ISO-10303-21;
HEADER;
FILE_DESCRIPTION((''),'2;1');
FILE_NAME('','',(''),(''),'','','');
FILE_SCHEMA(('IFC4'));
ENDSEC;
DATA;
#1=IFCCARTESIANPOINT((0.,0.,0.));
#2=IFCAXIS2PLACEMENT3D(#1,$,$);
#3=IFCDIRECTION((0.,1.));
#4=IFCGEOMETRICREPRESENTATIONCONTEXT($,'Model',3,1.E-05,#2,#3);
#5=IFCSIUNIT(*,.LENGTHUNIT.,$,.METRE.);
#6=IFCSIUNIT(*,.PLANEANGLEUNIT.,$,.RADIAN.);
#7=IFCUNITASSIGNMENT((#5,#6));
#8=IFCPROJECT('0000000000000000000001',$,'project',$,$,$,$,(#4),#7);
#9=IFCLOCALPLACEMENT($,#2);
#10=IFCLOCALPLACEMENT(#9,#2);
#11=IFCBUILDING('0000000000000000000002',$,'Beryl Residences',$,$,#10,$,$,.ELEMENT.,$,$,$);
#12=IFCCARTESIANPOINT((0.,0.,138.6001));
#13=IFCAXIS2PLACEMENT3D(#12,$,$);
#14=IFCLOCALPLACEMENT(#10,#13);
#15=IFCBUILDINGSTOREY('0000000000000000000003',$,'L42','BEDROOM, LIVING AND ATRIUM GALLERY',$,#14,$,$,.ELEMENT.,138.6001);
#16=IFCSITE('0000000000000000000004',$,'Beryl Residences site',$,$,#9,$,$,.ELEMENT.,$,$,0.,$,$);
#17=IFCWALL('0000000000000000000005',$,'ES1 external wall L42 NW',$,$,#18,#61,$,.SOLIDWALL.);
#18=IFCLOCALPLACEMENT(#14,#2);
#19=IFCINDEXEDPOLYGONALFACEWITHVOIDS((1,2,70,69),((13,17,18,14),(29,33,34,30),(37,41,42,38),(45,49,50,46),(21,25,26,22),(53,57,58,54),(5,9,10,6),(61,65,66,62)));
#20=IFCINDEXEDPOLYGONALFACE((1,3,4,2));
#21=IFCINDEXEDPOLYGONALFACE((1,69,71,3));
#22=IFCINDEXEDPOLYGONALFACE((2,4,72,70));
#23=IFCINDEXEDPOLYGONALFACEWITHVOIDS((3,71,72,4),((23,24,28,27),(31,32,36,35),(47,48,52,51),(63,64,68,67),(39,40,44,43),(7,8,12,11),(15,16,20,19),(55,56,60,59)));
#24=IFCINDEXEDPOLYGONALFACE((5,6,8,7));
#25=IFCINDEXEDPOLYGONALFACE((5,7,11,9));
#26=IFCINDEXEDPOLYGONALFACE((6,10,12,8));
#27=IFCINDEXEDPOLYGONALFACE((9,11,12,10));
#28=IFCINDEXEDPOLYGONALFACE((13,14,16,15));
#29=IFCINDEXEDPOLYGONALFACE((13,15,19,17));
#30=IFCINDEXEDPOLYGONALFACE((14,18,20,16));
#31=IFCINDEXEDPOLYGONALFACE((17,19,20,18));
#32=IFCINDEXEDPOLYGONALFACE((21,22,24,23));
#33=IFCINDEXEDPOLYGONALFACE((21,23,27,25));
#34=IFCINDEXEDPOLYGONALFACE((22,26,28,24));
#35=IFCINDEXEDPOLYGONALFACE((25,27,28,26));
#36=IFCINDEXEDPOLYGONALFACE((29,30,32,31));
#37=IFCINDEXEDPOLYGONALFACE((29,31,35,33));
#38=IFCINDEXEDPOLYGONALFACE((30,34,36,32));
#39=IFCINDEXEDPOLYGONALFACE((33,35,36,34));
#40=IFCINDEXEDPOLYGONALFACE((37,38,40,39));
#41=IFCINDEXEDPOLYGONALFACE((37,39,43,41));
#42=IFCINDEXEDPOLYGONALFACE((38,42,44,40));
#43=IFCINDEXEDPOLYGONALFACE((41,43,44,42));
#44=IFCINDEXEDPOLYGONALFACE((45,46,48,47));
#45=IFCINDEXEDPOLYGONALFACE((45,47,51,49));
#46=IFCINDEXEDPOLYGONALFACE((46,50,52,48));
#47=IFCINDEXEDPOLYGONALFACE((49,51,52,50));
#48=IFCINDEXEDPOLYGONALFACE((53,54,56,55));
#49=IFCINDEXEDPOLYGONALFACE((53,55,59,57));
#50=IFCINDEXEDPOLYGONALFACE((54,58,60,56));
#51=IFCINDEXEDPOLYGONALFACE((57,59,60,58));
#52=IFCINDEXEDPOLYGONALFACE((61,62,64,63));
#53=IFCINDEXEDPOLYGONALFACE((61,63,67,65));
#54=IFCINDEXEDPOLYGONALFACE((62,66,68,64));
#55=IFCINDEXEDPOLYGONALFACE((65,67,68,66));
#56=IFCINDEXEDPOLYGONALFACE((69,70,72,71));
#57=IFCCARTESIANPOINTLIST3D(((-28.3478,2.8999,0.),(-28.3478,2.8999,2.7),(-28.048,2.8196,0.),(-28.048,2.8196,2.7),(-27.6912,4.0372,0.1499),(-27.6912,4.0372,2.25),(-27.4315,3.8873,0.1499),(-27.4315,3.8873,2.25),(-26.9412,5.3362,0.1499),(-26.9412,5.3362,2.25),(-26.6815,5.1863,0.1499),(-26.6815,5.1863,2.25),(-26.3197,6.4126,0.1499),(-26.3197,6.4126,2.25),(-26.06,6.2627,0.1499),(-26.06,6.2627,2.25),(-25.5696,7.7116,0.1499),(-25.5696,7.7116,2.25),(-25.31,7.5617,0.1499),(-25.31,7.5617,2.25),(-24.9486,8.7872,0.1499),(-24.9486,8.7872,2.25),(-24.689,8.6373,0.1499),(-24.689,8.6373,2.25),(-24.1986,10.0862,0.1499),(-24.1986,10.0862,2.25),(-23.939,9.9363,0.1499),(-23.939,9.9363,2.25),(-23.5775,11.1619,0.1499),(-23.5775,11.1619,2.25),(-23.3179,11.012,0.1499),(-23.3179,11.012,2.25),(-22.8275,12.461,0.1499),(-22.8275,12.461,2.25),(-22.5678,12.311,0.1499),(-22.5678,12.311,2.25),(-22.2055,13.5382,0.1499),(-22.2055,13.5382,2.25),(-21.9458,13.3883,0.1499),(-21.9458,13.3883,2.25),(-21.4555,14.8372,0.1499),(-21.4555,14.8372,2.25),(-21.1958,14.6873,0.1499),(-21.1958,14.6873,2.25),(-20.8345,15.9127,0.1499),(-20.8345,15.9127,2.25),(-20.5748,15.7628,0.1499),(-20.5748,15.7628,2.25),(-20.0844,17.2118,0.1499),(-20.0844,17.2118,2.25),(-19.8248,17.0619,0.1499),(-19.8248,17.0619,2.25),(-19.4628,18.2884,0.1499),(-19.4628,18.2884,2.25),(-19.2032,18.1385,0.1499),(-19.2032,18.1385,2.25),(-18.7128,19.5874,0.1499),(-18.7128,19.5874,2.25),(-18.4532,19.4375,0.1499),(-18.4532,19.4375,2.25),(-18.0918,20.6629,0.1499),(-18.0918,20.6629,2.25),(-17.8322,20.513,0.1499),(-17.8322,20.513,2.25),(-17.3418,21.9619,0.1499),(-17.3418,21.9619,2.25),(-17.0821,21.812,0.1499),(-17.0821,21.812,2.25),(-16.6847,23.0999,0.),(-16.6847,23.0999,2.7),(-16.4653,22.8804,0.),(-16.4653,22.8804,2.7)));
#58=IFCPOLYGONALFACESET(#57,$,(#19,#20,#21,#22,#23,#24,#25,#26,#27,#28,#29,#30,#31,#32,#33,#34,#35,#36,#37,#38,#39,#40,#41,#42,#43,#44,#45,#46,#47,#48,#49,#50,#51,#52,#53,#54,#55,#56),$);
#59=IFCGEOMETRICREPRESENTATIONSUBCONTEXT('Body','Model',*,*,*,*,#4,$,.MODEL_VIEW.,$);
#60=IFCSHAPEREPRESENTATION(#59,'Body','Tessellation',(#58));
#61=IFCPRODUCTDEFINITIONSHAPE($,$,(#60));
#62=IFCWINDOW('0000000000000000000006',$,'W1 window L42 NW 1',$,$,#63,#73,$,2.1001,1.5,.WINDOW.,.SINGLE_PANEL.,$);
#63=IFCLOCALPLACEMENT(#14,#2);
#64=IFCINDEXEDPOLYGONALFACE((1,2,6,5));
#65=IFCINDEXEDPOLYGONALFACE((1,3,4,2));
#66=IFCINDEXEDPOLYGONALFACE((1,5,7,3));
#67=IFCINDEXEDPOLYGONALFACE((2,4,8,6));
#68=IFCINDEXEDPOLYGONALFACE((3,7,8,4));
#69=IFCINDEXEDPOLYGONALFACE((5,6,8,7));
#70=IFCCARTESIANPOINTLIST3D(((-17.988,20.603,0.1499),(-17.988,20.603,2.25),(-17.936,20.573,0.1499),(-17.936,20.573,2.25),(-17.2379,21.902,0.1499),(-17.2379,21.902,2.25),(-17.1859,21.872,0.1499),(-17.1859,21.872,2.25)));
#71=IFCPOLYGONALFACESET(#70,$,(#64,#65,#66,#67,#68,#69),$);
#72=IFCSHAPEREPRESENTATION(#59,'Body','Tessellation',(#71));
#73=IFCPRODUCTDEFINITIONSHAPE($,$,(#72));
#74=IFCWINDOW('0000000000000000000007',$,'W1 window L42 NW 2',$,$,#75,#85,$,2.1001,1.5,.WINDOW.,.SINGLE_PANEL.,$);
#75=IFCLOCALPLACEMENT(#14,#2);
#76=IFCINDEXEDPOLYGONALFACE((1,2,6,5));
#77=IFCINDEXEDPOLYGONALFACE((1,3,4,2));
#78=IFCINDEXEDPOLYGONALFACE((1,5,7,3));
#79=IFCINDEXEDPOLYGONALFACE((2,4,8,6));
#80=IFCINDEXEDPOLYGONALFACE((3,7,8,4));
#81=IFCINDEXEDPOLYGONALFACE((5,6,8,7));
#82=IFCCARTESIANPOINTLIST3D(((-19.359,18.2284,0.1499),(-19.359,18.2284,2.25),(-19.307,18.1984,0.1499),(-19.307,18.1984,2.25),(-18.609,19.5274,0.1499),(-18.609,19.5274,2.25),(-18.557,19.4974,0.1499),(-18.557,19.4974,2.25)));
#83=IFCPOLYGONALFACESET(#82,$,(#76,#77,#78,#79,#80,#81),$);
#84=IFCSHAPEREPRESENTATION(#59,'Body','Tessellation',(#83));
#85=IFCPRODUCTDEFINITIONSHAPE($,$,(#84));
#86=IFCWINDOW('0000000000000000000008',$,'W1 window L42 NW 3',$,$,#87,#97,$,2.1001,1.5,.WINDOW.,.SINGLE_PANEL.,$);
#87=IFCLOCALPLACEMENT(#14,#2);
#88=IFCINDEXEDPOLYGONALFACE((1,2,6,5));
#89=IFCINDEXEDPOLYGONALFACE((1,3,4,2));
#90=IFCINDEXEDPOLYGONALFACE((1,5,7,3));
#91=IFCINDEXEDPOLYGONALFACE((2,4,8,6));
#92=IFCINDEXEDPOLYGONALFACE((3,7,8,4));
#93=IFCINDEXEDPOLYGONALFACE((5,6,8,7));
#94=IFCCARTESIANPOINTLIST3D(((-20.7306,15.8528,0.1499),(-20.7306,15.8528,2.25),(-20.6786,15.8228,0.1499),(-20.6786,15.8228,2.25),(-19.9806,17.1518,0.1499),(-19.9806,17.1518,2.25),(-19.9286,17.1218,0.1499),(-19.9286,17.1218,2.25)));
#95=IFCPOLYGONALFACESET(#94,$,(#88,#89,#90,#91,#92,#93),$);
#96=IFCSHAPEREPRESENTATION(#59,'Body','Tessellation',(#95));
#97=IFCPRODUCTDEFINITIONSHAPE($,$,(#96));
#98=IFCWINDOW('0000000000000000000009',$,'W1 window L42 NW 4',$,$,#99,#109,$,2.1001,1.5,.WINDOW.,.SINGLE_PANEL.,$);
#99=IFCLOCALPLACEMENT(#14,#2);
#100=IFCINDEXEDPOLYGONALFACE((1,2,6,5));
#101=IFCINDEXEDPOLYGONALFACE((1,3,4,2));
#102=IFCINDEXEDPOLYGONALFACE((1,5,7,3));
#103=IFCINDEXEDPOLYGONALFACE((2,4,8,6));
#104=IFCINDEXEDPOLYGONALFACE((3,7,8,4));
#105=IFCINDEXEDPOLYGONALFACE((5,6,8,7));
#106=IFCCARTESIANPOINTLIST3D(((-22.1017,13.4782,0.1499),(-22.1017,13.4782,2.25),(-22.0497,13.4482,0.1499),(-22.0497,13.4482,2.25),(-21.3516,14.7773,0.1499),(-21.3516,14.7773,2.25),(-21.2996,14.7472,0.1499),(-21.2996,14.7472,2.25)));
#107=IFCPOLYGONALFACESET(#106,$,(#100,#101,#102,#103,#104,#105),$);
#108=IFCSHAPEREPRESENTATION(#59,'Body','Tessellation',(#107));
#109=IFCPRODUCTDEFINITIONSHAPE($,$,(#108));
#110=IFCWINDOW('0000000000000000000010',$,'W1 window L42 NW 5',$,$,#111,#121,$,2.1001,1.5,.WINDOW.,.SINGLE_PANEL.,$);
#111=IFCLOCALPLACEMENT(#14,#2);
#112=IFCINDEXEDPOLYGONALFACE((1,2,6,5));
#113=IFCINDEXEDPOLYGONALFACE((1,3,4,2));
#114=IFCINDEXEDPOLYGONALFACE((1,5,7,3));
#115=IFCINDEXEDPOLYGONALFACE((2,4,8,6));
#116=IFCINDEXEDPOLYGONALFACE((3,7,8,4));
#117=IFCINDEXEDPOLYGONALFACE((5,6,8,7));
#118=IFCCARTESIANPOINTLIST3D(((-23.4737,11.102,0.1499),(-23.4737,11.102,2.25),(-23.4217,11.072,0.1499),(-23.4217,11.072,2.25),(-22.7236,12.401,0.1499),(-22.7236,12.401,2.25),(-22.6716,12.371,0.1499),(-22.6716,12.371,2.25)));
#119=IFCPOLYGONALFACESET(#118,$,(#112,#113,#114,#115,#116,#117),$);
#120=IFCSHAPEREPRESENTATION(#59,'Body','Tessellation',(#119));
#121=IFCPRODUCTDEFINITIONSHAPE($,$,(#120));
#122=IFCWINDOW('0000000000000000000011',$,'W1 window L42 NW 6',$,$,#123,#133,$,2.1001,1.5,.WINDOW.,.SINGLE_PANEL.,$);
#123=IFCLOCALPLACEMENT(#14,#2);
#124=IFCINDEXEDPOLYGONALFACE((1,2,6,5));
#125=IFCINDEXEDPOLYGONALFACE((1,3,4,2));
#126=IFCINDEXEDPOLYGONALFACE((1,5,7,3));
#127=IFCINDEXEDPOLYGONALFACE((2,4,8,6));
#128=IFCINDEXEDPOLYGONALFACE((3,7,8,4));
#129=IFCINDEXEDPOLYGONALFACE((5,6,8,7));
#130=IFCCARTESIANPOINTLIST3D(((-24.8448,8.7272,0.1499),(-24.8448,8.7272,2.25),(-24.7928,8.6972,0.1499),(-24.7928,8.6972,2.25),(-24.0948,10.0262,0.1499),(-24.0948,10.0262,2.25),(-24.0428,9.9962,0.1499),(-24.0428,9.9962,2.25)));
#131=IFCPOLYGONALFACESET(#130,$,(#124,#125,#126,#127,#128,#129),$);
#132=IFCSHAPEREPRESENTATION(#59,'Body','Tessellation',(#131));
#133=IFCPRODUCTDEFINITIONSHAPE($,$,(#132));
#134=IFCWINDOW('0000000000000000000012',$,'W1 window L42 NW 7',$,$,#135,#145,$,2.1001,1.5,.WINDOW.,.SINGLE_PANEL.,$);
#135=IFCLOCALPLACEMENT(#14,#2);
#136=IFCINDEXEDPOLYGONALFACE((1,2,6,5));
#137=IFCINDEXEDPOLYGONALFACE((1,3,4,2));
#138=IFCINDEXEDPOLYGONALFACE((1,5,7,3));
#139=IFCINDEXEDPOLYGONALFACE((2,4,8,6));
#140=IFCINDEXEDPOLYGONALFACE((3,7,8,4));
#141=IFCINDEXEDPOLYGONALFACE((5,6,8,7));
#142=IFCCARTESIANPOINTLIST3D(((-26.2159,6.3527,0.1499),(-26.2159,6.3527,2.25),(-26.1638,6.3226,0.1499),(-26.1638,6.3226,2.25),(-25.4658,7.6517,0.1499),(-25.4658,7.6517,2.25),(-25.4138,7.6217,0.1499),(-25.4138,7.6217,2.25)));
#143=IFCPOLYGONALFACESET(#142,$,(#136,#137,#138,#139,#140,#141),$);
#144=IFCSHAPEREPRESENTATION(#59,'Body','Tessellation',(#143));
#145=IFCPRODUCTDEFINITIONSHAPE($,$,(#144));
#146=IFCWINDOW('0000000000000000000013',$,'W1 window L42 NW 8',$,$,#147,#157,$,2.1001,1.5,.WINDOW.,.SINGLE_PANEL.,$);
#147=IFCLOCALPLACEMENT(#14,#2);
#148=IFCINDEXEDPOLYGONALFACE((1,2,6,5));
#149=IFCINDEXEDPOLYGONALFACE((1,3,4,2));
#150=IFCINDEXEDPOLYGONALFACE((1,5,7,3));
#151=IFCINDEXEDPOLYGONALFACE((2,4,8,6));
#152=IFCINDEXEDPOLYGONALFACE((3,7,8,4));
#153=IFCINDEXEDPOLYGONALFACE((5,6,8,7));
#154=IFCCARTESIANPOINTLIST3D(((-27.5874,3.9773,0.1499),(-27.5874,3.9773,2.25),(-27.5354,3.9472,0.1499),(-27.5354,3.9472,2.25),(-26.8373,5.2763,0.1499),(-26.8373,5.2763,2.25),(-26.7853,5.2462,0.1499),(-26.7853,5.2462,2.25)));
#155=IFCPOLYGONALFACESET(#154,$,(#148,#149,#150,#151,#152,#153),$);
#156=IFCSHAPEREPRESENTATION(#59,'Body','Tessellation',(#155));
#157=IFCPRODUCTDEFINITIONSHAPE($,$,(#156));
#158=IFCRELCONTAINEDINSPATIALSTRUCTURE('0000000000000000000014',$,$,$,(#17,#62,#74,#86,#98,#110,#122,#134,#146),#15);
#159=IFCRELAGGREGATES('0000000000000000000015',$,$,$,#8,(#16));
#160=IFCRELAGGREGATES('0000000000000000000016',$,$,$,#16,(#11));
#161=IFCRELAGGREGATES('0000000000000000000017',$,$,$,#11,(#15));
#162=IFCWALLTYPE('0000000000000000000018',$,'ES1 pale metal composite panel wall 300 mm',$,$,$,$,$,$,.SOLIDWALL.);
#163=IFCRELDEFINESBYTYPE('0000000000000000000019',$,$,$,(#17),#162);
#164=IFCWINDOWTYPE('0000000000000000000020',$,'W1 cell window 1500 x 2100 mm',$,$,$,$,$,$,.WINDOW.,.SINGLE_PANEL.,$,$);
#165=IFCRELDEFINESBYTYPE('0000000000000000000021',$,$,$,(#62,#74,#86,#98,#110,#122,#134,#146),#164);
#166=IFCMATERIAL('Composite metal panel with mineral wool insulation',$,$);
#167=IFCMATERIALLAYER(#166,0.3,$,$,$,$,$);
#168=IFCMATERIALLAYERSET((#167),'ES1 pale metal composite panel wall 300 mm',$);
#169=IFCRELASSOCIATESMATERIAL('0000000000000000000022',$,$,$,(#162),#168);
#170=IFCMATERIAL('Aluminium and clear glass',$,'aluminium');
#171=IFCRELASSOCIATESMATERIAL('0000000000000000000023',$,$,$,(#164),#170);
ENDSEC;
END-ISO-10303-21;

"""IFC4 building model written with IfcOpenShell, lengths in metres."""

from ifc_helpers import new_model, si_unit, direction, frame, frame_2d, origin, place, context, subcontext, project, spatial, polyline, rectangle, outline, extrude, material, layer, layer_set, type_object, element, fill, save


model = new_model("IFC4")

# Units and contexts
model_context = context("Model", 3, precision=1e-05, world=origin(), true_north=direction((0.0, 1.0)))
body_context = subcontext(model_context, "Body", "Model", "MODEL_VIEW")
ifc_project = project(units=[si_unit("LENGTHUNIT", "METRE"), si_unit("PLANEANGLEUNIT", "RADIAN")], contexts=[model_context])

# Site, building, storey
site_placement = place(None, origin())
site = spatial("IfcSite", under=ifc_project, at=site_placement, Name="Beryl Residences site", CompositionType="ELEMENT", RefElevation=0.0)
building_placement = place(site_placement, origin())
building = spatial("IfcBuilding", under=site, at=building_placement, Name="Beryl Residences", CompositionType="ELEMENT")
storey_placement = place(building_placement, frame((0.0, 0.0, 138.6001)))
storey = spatial("IfcBuildingStorey", under=building, at=storey_placement, Name="L42", Description="BEDROOM, LIVING AND ATRIUM GALLERY", CompositionType="ELEMENT", Elevation=138.6001)

# Wall, openings, windows
ifc_material_1 = material(Name="Composite metal panel with mineral wool insulation")
ifc_layer_1 = layer(ifc_material_1, 0.3)
ifc_layer_set_1 = layer_set([ifc_layer_1], Name="ES1 pale metal composite panel wall 300 mm")
wall_type_1 = type_object("IfcWallType", Name="ES1 pale metal composite panel wall 300 mm", PredefinedType="SOLIDWALL", material=ifc_layer_set_1)
wall_1_placement = place(storey_placement, frame((-16.5549, 23.0249, 0.0), z_axis=(0.0, 0.0, 1.0), x_axis=(-0.500021, -0.866014, 0.0)))
wall_1 = element("IfcWall", 1, at=wall_1_placement, inside=storey, type_object=wall_type_1, Name="ES1 external wall L42 NW", PredefinedType="SOLIDWALL", context=body_context, shape_type="SweptSolid", body=[
    extrude(outline(polyline([(0.0, -0.1499), (23.3252, -0.1499), (23.2449, 0.1499), (0.0803, 0.1499), (0.0, -0.1499)])), origin(), (0.0, 0.0, 1.0), 2.7),
])
opening_1_placement = place(wall_1_placement, frame((1.314, 0.0, 0.1499)))
opening_1 = element("IfcOpeningElement", 2, at=opening_1_placement, cuts=wall_1, PredefinedType="OPENING", context=body_context, shape_type="SweptSolid", body=[
    extrude(rectangle(XDim=1.5, YDim=2.1001, at=frame_2d((0.75, 1.05))), frame((0.0, 0.1599, 0.0), z_axis=(0.0, -1.0, 0.0), x_axis=(1.0, 0.0, 0.0)), (0.0, 0.0, 1.0), 0.3201),
])
opening_2_placement = place(wall_1_placement, frame((4.0559, 0.0, 0.1499)))
opening_2 = element("IfcOpeningElement", 3, at=opening_2_placement, cuts=wall_1, PredefinedType="OPENING", context=body_context, shape_type="SweptSolid", body=[
    extrude(rectangle(XDim=1.5, YDim=2.1001, at=frame_2d((0.75, 1.05))), frame((0.0, 0.1599, 0.0), z_axis=(0.0, -1.0, 0.0), x_axis=(1.0, 0.0, 0.0)), (0.0, 0.0, 1.0), 0.3201),
])
opening_3_placement = place(wall_1_placement, frame((6.7991, 0.0, 0.1499)))
opening_3 = element("IfcOpeningElement", 4, at=opening_3_placement, cuts=wall_1, PredefinedType="OPENING", context=body_context, shape_type="SweptSolid", body=[
    extrude(rectangle(XDim=1.5, YDim=2.1001, at=frame_2d((0.75, 1.05))), frame((0.0, 0.1599, 0.0), z_axis=(0.0, -1.0, 0.0), x_axis=(1.0, 0.0, 0.0)), (0.0, 0.0, 1.0), 0.3201),
])
opening_4_placement = place(wall_1_placement, frame((9.541, 0.0, 0.1499)))
opening_4 = element("IfcOpeningElement", 5, at=opening_4_placement, cuts=wall_1, PredefinedType="OPENING", context=body_context, shape_type="SweptSolid", body=[
    extrude(rectangle(XDim=1.5, YDim=2.1001, at=frame_2d((0.75, 1.05))), frame((0.0, 0.1599, 0.0), z_axis=(0.0, -1.0, 0.0), x_axis=(1.0, 0.0, 0.0)), (0.0, 0.0, 1.0), 0.3201),
])
opening_5_placement = place(wall_1_placement, frame((12.2849, 0.0, 0.1499)))
opening_5 = element("IfcOpeningElement", 6, at=opening_5_placement, cuts=wall_1, PredefinedType="OPENING", context=body_context, shape_type="SweptSolid", body=[
    extrude(rectangle(XDim=1.5, YDim=2.1001, at=frame_2d((0.75, 1.05))), frame((0.0, 0.1599, 0.0), z_axis=(0.0, -1.0, 0.0), x_axis=(1.0, 0.0, 0.0)), (0.0, 0.0, 1.0), 0.3201),
])
opening_6_placement = place(wall_1_placement, frame((15.0271, 0.0, 0.1499)))
opening_6 = element("IfcOpeningElement", 7, at=opening_6_placement, cuts=wall_1, PredefinedType="OPENING", context=body_context, shape_type="SweptSolid", body=[
    extrude(rectangle(XDim=1.5, YDim=2.1001, at=frame_2d((0.75, 1.05))), frame((0.0, 0.1599, 0.0), z_axis=(0.0, -1.0, 0.0), x_axis=(1.0, 0.0, 0.0)), (0.0, 0.0, 1.0), 0.3201),
])
opening_7_placement = place(wall_1_placement, frame((17.769, 0.0, 0.1499)))
opening_7 = element("IfcOpeningElement", 8, at=opening_7_placement, cuts=wall_1, PredefinedType="OPENING", context=body_context, shape_type="SweptSolid", body=[
    extrude(rectangle(XDim=1.5, YDim=2.1001, at=frame_2d((0.75, 1.05))), frame((0.0, 0.1599, 0.0), z_axis=(0.0, -1.0, 0.0), x_axis=(1.0, 0.0, 0.0)), (0.0, 0.0, 1.0), 0.3201),
])
opening_8_placement = place(wall_1_placement, frame((20.512, 0.0, 0.1499)))
opening_8 = element("IfcOpeningElement", 9, at=opening_8_placement, cuts=wall_1, PredefinedType="OPENING", context=body_context, shape_type="SweptSolid", body=[
    extrude(rectangle(XDim=1.5, YDim=2.1001, at=frame_2d((0.75, 1.05))), frame((0.0, 0.1599, 0.0), z_axis=(0.0, -1.0, 0.0), x_axis=(1.0, 0.0, 0.0)), (0.0, 0.0, 1.0), 0.3201),
])
ifc_material_2 = material(Name="Aluminium and clear glass", Category="aluminium")
window_type_1 = type_object("IfcWindowType", Name="W1 cell window 1500 x 2100 mm", PartitioningType="SINGLE_PANEL", PredefinedType="WINDOW", material=ifc_material_2)
window_1_placement = place(opening_1_placement, origin())
window_1 = element("IfcWindow", 10, at=window_1_placement, inside=storey, type_object=window_type_1, Name="W1 window L42 NW 1", OverallHeight=2.1001, OverallWidth=1.5, PartitioningType="SINGLE_PANEL", PredefinedType="WINDOW", context=body_context, shape_type="SweptSolid", body=[
    extrude(rectangle(XDim=1.5, YDim=2.1001, at=frame_2d((0.75, 1.05))), frame((0.0, 0.03, 0.0), z_axis=(0.0, -1.0, 0.0), x_axis=(1.0, 0.0, 0.0)), (0.0, 0.0, 1.0), 0.0601),
])
fill(opening_1, window_1)
window_2_placement = place(opening_2_placement, origin())
window_2 = element("IfcWindow", 11, at=window_2_placement, inside=storey, type_object=window_type_1, Name="W1 window L42 NW 2", OverallHeight=2.1001, OverallWidth=1.5, PartitioningType="SINGLE_PANEL", PredefinedType="WINDOW", context=body_context, shape_type="SweptSolid", body=[
    extrude(rectangle(XDim=1.5, YDim=2.1001, at=frame_2d((0.75, 1.05))), frame((0.0, 0.03, 0.0), z_axis=(0.0, -1.0, 0.0), x_axis=(1.0, 0.0, 0.0)), (0.0, 0.0, 1.0), 0.0601),
])
fill(opening_2, window_2)
window_3_placement = place(opening_3_placement, origin())
window_3 = element("IfcWindow", 12, at=window_3_placement, inside=storey, type_object=window_type_1, Name="W1 window L42 NW 3", OverallHeight=2.1001, OverallWidth=1.5, PartitioningType="SINGLE_PANEL", PredefinedType="WINDOW", context=body_context, shape_type="SweptSolid", body=[
    extrude(rectangle(XDim=1.5, YDim=2.1001, at=frame_2d((0.75, 1.05))), frame((0.0, 0.03, 0.0), z_axis=(0.0, -1.0, 0.0), x_axis=(1.0, 0.0, 0.0)), (0.0, 0.0, 1.0), 0.0601),
])
fill(opening_3, window_3)
window_4_placement = place(opening_4_placement, origin())
window_4 = element("IfcWindow", 13, at=window_4_placement, inside=storey, type_object=window_type_1, Name="W1 window L42 NW 4", OverallHeight=2.1001, OverallWidth=1.5, PartitioningType="SINGLE_PANEL", PredefinedType="WINDOW", context=body_context, shape_type="SweptSolid", body=[
    extrude(rectangle(XDim=1.5, YDim=2.1001, at=frame_2d((0.75, 1.05))), frame((0.0, 0.03, 0.0), z_axis=(0.0, -1.0, 0.0), x_axis=(1.0, 0.0, 0.0)), (0.0, 0.0, 1.0), 0.0601),
])
fill(opening_4, window_4)
window_5_placement = place(opening_5_placement, origin())
window_5 = element("IfcWindow", 14, at=window_5_placement, inside=storey, type_object=window_type_1, Name="W1 window L42 NW 5", OverallHeight=2.1001, OverallWidth=1.5, PartitioningType="SINGLE_PANEL", PredefinedType="WINDOW", context=body_context, shape_type="SweptSolid", body=[
    extrude(rectangle(XDim=1.5, YDim=2.1001, at=frame_2d((0.75, 1.05))), frame((0.0, 0.03, 0.0), z_axis=(0.0, -1.0, 0.0), x_axis=(1.0, 0.0, 0.0)), (0.0, 0.0, 1.0), 0.0601),
])
fill(opening_5, window_5)
window_6_placement = place(opening_6_placement, origin())
window_6 = element("IfcWindow", 15, at=window_6_placement, inside=storey, type_object=window_type_1, Name="W1 window L42 NW 6", OverallHeight=2.1001, OverallWidth=1.5, PartitioningType="SINGLE_PANEL", PredefinedType="WINDOW", context=body_context, shape_type="SweptSolid", body=[
    extrude(rectangle(XDim=1.5, YDim=2.1001, at=frame_2d((0.75, 1.05))), frame((0.0, 0.03, 0.0), z_axis=(0.0, -1.0, 0.0), x_axis=(1.0, 0.0, 0.0)), (0.0, 0.0, 1.0), 0.0601),
])
fill(opening_6, window_6)
window_7_placement = place(opening_7_placement, origin())
window_7 = element("IfcWindow", 16, at=window_7_placement, inside=storey, type_object=window_type_1, Name="W1 window L42 NW 7", OverallHeight=2.1001, OverallWidth=1.5, PartitioningType="SINGLE_PANEL", PredefinedType="WINDOW", context=body_context, shape_type="SweptSolid", body=[
    extrude(rectangle(XDim=1.5, YDim=2.1001, at=frame_2d((0.75, 1.05))), frame((0.0, 0.03, 0.0), z_axis=(0.0, -1.0, 0.0), x_axis=(1.0, 0.0, 0.0)), (0.0, 0.0, 1.0), 0.0601),
])
fill(opening_7, window_7)
window_8_placement = place(opening_8_placement, origin())
window_8 = element("IfcWindow", 17, at=window_8_placement, inside=storey, type_object=window_type_1, Name="W1 window L42 NW 8", OverallHeight=2.1001, OverallWidth=1.5, PartitioningType="SINGLE_PANEL", PredefinedType="WINDOW", context=body_context, shape_type="SweptSolid", body=[
    extrude(rectangle(XDim=1.5, YDim=2.1001, at=frame_2d((0.75, 1.05))), frame((0.0, 0.03, 0.0), z_axis=(0.0, -1.0, 0.0), x_axis=(1.0, 0.0, 0.0)), (0.0, 0.0, 1.0), 0.0601),
])
fill(opening_8, window_8)

save(model, "model.ifc")
